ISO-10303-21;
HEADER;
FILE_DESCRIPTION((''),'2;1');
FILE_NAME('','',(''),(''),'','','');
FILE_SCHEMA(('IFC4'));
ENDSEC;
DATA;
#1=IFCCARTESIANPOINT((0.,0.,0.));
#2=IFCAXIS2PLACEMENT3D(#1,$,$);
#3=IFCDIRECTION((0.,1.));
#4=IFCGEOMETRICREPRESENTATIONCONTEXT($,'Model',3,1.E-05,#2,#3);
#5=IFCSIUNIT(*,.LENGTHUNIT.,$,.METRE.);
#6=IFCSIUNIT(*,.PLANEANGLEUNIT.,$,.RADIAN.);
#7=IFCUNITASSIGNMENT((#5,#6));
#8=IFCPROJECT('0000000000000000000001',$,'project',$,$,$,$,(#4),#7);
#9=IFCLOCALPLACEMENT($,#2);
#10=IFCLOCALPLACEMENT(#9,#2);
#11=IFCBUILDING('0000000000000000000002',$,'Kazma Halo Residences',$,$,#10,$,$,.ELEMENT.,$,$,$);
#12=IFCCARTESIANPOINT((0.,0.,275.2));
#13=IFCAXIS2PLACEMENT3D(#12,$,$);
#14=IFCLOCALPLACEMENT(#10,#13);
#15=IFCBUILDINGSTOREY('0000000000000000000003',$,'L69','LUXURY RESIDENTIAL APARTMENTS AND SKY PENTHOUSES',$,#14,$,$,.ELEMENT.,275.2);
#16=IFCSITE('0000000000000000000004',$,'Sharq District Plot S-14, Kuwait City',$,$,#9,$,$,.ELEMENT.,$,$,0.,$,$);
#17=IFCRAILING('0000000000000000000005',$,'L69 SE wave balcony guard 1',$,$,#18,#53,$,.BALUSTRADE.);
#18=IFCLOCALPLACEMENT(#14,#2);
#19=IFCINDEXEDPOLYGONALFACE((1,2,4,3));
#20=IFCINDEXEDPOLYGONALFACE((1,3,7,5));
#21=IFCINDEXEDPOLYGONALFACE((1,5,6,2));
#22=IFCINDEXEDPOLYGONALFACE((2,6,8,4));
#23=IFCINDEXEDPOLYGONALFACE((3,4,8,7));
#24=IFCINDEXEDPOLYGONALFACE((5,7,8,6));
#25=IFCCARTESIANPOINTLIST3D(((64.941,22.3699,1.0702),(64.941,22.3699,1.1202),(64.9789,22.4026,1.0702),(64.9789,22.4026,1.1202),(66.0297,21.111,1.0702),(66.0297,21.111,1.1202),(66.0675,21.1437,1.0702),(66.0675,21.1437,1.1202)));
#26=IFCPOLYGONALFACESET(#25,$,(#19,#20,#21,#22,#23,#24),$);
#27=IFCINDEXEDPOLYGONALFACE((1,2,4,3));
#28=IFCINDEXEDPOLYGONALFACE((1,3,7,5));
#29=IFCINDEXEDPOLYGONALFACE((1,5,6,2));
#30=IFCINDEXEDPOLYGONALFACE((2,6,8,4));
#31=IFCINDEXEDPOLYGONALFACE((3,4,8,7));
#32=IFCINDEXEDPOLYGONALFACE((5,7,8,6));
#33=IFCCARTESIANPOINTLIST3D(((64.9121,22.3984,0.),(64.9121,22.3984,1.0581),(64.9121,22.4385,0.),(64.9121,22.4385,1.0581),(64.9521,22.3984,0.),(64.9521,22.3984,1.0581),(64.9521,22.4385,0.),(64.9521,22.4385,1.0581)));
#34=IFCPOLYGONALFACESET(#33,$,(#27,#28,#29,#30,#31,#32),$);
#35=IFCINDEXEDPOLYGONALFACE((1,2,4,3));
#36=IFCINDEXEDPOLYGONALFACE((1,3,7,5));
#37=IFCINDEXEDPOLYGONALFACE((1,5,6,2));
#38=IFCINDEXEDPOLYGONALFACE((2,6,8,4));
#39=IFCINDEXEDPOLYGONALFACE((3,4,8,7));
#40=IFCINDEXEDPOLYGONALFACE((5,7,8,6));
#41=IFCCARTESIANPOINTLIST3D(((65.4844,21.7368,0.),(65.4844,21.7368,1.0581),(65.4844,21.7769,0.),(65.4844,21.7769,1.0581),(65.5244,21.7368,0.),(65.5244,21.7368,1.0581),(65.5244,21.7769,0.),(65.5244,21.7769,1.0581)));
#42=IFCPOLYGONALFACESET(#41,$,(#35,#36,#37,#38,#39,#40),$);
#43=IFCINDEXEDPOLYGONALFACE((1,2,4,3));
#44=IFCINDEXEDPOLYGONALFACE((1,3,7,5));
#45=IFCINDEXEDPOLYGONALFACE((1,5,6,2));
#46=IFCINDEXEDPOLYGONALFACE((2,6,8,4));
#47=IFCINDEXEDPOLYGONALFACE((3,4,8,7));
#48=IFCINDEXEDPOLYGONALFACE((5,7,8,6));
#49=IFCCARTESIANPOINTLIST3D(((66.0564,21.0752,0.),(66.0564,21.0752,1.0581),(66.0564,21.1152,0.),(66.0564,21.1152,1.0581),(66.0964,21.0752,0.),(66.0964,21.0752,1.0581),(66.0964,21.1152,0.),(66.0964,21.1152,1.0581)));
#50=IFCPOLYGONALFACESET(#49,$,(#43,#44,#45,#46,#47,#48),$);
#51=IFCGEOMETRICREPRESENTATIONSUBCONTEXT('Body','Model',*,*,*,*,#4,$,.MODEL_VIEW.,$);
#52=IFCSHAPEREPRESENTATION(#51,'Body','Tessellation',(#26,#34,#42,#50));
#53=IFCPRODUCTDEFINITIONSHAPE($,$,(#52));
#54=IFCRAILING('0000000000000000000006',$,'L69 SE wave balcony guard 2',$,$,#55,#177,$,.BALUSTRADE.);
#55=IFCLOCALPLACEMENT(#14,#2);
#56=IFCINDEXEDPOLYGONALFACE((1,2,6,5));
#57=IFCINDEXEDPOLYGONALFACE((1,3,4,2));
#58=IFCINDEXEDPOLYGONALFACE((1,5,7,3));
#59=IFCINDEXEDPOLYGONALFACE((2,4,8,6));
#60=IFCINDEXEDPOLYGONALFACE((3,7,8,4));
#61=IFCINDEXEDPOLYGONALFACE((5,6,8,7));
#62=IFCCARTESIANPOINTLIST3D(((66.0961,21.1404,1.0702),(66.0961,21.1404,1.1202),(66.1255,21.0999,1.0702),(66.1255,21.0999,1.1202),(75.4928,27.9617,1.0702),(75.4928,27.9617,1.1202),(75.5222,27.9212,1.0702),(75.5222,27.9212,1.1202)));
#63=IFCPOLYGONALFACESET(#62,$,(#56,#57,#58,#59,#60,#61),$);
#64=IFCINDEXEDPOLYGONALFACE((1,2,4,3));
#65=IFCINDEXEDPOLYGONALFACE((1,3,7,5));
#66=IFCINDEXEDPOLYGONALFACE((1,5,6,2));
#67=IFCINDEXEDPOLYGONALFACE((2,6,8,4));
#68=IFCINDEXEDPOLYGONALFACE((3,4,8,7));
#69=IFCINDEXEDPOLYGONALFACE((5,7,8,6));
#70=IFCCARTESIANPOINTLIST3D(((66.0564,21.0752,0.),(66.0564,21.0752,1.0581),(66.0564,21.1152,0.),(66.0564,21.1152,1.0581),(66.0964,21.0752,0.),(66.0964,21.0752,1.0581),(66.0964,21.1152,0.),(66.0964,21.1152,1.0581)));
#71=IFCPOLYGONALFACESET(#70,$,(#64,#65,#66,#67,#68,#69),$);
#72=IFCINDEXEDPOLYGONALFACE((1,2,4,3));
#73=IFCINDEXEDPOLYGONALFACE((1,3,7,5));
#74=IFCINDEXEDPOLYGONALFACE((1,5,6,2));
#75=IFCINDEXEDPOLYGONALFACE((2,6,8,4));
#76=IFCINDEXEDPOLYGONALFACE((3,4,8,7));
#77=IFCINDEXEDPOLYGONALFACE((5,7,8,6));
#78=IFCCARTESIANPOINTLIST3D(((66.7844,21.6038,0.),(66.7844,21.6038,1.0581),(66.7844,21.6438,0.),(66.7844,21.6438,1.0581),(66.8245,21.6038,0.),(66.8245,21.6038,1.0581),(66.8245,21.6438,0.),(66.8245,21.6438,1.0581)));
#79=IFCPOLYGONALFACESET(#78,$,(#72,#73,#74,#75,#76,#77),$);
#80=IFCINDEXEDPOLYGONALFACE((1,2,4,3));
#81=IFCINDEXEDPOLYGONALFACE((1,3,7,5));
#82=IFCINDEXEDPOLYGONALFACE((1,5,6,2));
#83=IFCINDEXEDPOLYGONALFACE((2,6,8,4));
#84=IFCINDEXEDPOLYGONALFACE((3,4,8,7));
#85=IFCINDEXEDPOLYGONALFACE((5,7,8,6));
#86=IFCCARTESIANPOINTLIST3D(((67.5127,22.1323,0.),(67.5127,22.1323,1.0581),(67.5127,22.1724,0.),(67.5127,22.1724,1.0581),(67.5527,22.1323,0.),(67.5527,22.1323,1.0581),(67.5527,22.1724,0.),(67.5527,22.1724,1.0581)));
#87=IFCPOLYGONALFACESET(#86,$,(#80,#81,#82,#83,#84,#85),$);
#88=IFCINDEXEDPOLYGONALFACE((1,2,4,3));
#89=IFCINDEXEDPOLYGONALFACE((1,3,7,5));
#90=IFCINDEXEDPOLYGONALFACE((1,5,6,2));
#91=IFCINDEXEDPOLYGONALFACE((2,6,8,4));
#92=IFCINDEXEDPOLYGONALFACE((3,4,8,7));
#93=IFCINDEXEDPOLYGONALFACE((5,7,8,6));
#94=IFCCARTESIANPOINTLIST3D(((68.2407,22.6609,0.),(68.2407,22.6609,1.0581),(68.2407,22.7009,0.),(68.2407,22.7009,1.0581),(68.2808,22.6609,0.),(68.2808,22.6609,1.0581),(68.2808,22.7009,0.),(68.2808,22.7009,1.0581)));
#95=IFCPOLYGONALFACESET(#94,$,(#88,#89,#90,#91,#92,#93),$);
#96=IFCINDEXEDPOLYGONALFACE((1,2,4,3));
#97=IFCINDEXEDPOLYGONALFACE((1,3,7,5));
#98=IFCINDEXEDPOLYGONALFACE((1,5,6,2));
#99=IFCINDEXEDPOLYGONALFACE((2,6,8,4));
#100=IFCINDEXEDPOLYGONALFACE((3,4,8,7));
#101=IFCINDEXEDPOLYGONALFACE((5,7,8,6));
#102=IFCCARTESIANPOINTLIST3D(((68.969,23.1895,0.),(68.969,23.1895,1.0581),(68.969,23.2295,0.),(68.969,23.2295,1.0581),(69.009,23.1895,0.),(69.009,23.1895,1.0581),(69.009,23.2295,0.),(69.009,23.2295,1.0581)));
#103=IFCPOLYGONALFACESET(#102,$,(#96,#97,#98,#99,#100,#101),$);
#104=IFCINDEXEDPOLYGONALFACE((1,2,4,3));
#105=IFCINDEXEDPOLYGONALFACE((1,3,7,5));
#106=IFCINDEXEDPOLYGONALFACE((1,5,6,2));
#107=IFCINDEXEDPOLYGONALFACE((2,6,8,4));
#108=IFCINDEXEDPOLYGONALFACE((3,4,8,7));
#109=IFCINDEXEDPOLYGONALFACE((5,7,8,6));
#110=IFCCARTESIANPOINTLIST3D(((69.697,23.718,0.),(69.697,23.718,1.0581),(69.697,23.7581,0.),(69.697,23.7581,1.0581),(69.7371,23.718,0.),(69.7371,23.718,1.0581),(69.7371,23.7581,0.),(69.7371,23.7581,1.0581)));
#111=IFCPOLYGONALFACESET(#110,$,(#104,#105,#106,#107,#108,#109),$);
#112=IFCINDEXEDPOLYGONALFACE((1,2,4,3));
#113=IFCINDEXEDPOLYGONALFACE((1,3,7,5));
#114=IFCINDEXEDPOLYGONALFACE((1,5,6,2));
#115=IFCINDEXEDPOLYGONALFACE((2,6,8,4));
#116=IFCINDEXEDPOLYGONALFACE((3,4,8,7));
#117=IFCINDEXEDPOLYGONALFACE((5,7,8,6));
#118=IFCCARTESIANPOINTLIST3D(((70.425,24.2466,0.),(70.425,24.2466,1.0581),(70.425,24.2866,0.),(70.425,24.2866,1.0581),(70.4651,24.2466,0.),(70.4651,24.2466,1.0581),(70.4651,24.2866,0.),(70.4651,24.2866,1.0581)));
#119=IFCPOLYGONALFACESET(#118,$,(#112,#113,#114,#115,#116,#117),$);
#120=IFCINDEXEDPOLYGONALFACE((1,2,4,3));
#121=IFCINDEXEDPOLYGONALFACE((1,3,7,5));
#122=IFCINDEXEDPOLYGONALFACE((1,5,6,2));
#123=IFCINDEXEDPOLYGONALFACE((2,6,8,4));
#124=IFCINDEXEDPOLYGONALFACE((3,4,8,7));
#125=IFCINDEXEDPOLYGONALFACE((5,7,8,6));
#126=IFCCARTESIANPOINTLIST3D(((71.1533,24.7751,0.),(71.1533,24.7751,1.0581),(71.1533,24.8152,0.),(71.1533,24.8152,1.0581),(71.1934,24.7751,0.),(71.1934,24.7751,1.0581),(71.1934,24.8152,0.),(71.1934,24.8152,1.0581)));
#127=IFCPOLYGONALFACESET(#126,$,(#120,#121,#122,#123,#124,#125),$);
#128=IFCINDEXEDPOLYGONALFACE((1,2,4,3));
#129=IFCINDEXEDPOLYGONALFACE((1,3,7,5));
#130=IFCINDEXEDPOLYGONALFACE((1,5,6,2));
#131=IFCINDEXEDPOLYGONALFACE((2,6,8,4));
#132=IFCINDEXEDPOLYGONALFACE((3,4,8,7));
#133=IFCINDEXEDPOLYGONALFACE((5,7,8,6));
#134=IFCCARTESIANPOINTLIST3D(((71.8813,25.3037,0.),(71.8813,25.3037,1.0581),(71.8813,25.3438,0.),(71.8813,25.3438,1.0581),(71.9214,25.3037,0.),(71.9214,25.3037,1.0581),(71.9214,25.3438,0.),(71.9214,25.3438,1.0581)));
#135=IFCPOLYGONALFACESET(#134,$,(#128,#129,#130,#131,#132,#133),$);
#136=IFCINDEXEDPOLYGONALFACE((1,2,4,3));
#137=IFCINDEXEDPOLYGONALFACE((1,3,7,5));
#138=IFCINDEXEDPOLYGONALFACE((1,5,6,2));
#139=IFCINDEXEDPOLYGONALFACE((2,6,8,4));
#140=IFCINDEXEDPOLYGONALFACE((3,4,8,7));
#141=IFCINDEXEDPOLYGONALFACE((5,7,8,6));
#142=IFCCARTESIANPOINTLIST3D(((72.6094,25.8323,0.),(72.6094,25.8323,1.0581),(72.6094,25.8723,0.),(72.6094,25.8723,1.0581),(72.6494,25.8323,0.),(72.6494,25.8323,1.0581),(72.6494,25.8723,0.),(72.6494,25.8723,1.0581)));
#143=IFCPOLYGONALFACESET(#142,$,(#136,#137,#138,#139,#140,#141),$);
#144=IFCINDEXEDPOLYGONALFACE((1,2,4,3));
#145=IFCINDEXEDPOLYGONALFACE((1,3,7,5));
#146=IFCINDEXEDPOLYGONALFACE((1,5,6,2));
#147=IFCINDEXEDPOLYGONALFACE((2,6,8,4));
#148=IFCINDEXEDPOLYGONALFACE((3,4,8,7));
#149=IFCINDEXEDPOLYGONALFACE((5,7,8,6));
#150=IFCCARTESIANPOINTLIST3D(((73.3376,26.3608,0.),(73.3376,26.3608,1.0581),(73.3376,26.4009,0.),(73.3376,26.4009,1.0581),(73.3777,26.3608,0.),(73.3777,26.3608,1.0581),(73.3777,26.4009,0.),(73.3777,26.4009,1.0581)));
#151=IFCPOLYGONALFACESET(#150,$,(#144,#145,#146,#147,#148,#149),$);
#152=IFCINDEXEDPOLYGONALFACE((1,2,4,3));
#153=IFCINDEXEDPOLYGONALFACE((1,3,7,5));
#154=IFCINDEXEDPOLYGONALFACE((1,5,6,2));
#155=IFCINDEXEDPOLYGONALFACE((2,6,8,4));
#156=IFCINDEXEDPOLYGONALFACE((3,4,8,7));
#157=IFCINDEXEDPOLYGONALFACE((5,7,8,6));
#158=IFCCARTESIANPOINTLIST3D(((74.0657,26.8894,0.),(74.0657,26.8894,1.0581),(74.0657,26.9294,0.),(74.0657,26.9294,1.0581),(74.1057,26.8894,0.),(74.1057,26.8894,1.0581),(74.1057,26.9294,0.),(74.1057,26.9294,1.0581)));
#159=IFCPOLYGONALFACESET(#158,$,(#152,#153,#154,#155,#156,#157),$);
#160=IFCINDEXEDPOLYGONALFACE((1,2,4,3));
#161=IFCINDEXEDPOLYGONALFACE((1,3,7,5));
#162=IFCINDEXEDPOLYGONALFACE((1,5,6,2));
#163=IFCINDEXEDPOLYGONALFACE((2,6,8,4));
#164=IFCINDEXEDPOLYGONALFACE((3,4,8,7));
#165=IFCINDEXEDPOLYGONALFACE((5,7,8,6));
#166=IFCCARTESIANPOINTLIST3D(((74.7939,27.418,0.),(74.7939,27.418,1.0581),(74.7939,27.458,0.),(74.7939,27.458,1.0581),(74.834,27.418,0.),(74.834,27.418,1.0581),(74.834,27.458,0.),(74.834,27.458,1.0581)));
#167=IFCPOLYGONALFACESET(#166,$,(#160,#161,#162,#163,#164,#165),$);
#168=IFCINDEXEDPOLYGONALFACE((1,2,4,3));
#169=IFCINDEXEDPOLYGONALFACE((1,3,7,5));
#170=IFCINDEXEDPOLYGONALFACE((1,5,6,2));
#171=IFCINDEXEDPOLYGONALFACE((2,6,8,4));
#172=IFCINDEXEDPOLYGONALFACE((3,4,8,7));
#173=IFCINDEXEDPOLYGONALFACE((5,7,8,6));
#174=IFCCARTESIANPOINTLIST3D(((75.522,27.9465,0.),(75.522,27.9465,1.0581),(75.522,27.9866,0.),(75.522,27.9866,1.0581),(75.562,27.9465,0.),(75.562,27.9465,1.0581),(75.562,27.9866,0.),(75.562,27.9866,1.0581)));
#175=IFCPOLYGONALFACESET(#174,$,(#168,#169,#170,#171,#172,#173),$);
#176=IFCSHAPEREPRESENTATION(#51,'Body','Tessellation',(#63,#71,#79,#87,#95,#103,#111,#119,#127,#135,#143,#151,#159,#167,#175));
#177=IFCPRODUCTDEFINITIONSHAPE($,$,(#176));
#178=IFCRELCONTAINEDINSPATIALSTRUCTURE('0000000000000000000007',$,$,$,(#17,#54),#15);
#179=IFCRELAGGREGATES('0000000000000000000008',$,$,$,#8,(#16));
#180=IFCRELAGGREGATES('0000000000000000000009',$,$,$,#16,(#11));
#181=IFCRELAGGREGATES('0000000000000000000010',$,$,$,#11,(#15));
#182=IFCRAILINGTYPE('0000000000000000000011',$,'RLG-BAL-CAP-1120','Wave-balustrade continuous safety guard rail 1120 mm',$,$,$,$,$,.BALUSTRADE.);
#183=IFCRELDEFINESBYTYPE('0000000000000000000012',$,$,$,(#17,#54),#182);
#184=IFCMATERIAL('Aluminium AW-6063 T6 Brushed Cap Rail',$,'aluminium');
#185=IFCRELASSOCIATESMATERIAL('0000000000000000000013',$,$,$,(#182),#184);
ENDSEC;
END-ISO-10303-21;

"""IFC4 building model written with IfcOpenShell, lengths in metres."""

from ifc_helpers import new_model, si_unit, direction, frame, origin, origin_2d, place, context, subcontext, project, spatial, rectangle, extrude, material, type_object, element, save


model = new_model("IFC4")

# Units and contexts
model_context = context("Model", 3, precision=1e-05, world=origin(), true_north=direction((0.0, 1.0)))
body_context = subcontext(model_context, "Body", "Model", "MODEL_VIEW")
ifc_project = project(units=[si_unit("LENGTHUNIT", "METRE"), si_unit("PLANEANGLEUNIT", "RADIAN")], contexts=[model_context])

# Site, building, storey
site_placement = place(None, origin())
site = spatial("IfcSite", under=ifc_project, at=site_placement, Name="Sharq District Plot S-14, Kuwait City", CompositionType="ELEMENT", RefElevation=0.0)
building_placement = place(site_placement, origin())
building = spatial("IfcBuilding", under=site, at=building_placement, Name="Kazma Halo Residences", CompositionType="ELEMENT")
storey_placement = place(building_placement, frame((0.0, 0.0, 275.2)))
storey = spatial("IfcBuildingStorey", under=building, at=storey_placement, Name="L69", Description="LUXURY RESIDENTIAL APARTMENTS AND SKY PENTHOUSES", CompositionType="ELEMENT", Elevation=275.2)

# Railings
ifc_material_1 = material(Name="Aluminium AW-6063 T6 Brushed Cap Rail", Category="aluminium")
railing_type = type_object("IfcRailingType", Name="RLG-BAL-CAP-1120", Description="Wave-balustrade continuous safety guard rail 1120 mm", PredefinedType="BALUSTRADE", material=ifc_material_1)
railing_1_placement = place(storey_placement, frame((64.9321, 22.4185, 0.0)))
element("IfcRailing", 1, at=railing_1_placement, inside=storey, type_object=railing_type, Name="L69 SE wave balcony guard 1", PredefinedType="BALUSTRADE", context=body_context, shape_type="SweptSolid", body=[
    extrude(rectangle(XDim=0.05, YDim=0.05, at=origin_2d()), frame((0.0278, -0.0322, 1.0952), z_axis=(0.654107, -0.756402, 0.0), x_axis=(0.756402, 0.654107, 0.0)), (0.0, 0.0, 1.0), 1.6643),
    extrude(rectangle(XDim=0.04, YDim=0.04, at=origin_2d()), origin(), (0.0, 0.0, 1.0), 1.0581),
    extrude(rectangle(XDim=0.04, YDim=0.04, at=origin_2d()), frame((0.5723, -0.6616, 0.0)), (0.0, 0.0, 1.0), 1.0581),
    extrude(rectangle(XDim=0.04, YDim=0.04, at=origin_2d()), frame((1.1443, -1.3232, 0.0)), (0.0, 0.0, 1.0), 1.0581),
])
railing_2_placement = place(storey_placement, frame((66.0764, 21.0952, 0.0)))
element("IfcRailing", 2, at=railing_2_placement, inside=storey, type_object=railing_type, Name="L69 SE wave balcony guard 2", PredefinedType="BALUSTRADE", context=body_context, shape_type="SweptSolid", body=[
    extrude(rectangle(XDim=0.05, YDim=0.05, at=origin_2d()), frame((0.0344, 0.0249, 1.0952), z_axis=(0.809253, 0.58746, 0.0), x_axis=(-0.58746, 0.809253, 0.0)), (0.0, 0.0, 1.0), 11.6116),
    extrude(rectangle(XDim=0.04, YDim=0.04, at=origin_2d()), origin(), (0.0, 0.0, 1.0), 1.0581),
    extrude(rectangle(XDim=0.04, YDim=0.04, at=origin_2d()), frame((0.728, 0.5286, 0.0)), (0.0, 0.0, 1.0), 1.0581),
    extrude(rectangle(XDim=0.04, YDim=0.04, at=origin_2d()), frame((1.4563, 1.0571, 0.0)), (0.0, 0.0, 1.0), 1.0581),
    extrude(rectangle(XDim=0.04, YDim=0.04, at=origin_2d()), frame((2.1843, 1.5857, 0.0)), (0.0, 0.0, 1.0), 1.0581),
    extrude(rectangle(XDim=0.04, YDim=0.04, at=origin_2d()), frame((2.9126, 2.1143, 0.0)), (0.0, 0.0, 1.0), 1.0581),
    extrude(rectangle(XDim=0.04, YDim=0.04, at=origin_2d()), frame((3.6406, 2.6428, 0.0)), (0.0, 0.0, 1.0), 1.0581),
    extrude(rectangle(XDim=0.04, YDim=0.04, at=origin_2d()), frame((4.3687, 3.1714, 0.0)), (0.0, 0.0, 1.0), 1.0581),
    extrude(rectangle(XDim=0.04, YDim=0.04, at=origin_2d()), frame((5.0969, 3.7, 0.0)), (0.0, 0.0, 1.0), 1.0581),
    extrude(rectangle(XDim=0.04, YDim=0.04, at=origin_2d()), frame((5.825, 4.2285, 0.0)), (0.0, 0.0, 1.0), 1.0581),
    extrude(rectangle(XDim=0.04, YDim=0.04, at=origin_2d()), frame((6.553, 4.7571, 0.0)), (0.0, 0.0, 1.0), 1.0581),
    extrude(rectangle(XDim=0.04, YDim=0.04, at=origin_2d()), frame((7.2812, 5.2856, 0.0)), (0.0, 0.0, 1.0), 1.0581),
    extrude(rectangle(XDim=0.04, YDim=0.04, at=origin_2d()), frame((8.0093, 5.8142, 0.0)), (0.0, 0.0, 1.0), 1.0581),
    extrude(rectangle(XDim=0.04, YDim=0.04, at=origin_2d()), frame((8.7375, 6.3428, 0.0)), (0.0, 0.0, 1.0), 1.0581),
    extrude(rectangle(XDim=0.04, YDim=0.04, at=origin_2d()), frame((9.4656, 6.8713, 0.0)), (0.0, 0.0, 1.0), 1.0581),
])

save(model, "model.ifc")
